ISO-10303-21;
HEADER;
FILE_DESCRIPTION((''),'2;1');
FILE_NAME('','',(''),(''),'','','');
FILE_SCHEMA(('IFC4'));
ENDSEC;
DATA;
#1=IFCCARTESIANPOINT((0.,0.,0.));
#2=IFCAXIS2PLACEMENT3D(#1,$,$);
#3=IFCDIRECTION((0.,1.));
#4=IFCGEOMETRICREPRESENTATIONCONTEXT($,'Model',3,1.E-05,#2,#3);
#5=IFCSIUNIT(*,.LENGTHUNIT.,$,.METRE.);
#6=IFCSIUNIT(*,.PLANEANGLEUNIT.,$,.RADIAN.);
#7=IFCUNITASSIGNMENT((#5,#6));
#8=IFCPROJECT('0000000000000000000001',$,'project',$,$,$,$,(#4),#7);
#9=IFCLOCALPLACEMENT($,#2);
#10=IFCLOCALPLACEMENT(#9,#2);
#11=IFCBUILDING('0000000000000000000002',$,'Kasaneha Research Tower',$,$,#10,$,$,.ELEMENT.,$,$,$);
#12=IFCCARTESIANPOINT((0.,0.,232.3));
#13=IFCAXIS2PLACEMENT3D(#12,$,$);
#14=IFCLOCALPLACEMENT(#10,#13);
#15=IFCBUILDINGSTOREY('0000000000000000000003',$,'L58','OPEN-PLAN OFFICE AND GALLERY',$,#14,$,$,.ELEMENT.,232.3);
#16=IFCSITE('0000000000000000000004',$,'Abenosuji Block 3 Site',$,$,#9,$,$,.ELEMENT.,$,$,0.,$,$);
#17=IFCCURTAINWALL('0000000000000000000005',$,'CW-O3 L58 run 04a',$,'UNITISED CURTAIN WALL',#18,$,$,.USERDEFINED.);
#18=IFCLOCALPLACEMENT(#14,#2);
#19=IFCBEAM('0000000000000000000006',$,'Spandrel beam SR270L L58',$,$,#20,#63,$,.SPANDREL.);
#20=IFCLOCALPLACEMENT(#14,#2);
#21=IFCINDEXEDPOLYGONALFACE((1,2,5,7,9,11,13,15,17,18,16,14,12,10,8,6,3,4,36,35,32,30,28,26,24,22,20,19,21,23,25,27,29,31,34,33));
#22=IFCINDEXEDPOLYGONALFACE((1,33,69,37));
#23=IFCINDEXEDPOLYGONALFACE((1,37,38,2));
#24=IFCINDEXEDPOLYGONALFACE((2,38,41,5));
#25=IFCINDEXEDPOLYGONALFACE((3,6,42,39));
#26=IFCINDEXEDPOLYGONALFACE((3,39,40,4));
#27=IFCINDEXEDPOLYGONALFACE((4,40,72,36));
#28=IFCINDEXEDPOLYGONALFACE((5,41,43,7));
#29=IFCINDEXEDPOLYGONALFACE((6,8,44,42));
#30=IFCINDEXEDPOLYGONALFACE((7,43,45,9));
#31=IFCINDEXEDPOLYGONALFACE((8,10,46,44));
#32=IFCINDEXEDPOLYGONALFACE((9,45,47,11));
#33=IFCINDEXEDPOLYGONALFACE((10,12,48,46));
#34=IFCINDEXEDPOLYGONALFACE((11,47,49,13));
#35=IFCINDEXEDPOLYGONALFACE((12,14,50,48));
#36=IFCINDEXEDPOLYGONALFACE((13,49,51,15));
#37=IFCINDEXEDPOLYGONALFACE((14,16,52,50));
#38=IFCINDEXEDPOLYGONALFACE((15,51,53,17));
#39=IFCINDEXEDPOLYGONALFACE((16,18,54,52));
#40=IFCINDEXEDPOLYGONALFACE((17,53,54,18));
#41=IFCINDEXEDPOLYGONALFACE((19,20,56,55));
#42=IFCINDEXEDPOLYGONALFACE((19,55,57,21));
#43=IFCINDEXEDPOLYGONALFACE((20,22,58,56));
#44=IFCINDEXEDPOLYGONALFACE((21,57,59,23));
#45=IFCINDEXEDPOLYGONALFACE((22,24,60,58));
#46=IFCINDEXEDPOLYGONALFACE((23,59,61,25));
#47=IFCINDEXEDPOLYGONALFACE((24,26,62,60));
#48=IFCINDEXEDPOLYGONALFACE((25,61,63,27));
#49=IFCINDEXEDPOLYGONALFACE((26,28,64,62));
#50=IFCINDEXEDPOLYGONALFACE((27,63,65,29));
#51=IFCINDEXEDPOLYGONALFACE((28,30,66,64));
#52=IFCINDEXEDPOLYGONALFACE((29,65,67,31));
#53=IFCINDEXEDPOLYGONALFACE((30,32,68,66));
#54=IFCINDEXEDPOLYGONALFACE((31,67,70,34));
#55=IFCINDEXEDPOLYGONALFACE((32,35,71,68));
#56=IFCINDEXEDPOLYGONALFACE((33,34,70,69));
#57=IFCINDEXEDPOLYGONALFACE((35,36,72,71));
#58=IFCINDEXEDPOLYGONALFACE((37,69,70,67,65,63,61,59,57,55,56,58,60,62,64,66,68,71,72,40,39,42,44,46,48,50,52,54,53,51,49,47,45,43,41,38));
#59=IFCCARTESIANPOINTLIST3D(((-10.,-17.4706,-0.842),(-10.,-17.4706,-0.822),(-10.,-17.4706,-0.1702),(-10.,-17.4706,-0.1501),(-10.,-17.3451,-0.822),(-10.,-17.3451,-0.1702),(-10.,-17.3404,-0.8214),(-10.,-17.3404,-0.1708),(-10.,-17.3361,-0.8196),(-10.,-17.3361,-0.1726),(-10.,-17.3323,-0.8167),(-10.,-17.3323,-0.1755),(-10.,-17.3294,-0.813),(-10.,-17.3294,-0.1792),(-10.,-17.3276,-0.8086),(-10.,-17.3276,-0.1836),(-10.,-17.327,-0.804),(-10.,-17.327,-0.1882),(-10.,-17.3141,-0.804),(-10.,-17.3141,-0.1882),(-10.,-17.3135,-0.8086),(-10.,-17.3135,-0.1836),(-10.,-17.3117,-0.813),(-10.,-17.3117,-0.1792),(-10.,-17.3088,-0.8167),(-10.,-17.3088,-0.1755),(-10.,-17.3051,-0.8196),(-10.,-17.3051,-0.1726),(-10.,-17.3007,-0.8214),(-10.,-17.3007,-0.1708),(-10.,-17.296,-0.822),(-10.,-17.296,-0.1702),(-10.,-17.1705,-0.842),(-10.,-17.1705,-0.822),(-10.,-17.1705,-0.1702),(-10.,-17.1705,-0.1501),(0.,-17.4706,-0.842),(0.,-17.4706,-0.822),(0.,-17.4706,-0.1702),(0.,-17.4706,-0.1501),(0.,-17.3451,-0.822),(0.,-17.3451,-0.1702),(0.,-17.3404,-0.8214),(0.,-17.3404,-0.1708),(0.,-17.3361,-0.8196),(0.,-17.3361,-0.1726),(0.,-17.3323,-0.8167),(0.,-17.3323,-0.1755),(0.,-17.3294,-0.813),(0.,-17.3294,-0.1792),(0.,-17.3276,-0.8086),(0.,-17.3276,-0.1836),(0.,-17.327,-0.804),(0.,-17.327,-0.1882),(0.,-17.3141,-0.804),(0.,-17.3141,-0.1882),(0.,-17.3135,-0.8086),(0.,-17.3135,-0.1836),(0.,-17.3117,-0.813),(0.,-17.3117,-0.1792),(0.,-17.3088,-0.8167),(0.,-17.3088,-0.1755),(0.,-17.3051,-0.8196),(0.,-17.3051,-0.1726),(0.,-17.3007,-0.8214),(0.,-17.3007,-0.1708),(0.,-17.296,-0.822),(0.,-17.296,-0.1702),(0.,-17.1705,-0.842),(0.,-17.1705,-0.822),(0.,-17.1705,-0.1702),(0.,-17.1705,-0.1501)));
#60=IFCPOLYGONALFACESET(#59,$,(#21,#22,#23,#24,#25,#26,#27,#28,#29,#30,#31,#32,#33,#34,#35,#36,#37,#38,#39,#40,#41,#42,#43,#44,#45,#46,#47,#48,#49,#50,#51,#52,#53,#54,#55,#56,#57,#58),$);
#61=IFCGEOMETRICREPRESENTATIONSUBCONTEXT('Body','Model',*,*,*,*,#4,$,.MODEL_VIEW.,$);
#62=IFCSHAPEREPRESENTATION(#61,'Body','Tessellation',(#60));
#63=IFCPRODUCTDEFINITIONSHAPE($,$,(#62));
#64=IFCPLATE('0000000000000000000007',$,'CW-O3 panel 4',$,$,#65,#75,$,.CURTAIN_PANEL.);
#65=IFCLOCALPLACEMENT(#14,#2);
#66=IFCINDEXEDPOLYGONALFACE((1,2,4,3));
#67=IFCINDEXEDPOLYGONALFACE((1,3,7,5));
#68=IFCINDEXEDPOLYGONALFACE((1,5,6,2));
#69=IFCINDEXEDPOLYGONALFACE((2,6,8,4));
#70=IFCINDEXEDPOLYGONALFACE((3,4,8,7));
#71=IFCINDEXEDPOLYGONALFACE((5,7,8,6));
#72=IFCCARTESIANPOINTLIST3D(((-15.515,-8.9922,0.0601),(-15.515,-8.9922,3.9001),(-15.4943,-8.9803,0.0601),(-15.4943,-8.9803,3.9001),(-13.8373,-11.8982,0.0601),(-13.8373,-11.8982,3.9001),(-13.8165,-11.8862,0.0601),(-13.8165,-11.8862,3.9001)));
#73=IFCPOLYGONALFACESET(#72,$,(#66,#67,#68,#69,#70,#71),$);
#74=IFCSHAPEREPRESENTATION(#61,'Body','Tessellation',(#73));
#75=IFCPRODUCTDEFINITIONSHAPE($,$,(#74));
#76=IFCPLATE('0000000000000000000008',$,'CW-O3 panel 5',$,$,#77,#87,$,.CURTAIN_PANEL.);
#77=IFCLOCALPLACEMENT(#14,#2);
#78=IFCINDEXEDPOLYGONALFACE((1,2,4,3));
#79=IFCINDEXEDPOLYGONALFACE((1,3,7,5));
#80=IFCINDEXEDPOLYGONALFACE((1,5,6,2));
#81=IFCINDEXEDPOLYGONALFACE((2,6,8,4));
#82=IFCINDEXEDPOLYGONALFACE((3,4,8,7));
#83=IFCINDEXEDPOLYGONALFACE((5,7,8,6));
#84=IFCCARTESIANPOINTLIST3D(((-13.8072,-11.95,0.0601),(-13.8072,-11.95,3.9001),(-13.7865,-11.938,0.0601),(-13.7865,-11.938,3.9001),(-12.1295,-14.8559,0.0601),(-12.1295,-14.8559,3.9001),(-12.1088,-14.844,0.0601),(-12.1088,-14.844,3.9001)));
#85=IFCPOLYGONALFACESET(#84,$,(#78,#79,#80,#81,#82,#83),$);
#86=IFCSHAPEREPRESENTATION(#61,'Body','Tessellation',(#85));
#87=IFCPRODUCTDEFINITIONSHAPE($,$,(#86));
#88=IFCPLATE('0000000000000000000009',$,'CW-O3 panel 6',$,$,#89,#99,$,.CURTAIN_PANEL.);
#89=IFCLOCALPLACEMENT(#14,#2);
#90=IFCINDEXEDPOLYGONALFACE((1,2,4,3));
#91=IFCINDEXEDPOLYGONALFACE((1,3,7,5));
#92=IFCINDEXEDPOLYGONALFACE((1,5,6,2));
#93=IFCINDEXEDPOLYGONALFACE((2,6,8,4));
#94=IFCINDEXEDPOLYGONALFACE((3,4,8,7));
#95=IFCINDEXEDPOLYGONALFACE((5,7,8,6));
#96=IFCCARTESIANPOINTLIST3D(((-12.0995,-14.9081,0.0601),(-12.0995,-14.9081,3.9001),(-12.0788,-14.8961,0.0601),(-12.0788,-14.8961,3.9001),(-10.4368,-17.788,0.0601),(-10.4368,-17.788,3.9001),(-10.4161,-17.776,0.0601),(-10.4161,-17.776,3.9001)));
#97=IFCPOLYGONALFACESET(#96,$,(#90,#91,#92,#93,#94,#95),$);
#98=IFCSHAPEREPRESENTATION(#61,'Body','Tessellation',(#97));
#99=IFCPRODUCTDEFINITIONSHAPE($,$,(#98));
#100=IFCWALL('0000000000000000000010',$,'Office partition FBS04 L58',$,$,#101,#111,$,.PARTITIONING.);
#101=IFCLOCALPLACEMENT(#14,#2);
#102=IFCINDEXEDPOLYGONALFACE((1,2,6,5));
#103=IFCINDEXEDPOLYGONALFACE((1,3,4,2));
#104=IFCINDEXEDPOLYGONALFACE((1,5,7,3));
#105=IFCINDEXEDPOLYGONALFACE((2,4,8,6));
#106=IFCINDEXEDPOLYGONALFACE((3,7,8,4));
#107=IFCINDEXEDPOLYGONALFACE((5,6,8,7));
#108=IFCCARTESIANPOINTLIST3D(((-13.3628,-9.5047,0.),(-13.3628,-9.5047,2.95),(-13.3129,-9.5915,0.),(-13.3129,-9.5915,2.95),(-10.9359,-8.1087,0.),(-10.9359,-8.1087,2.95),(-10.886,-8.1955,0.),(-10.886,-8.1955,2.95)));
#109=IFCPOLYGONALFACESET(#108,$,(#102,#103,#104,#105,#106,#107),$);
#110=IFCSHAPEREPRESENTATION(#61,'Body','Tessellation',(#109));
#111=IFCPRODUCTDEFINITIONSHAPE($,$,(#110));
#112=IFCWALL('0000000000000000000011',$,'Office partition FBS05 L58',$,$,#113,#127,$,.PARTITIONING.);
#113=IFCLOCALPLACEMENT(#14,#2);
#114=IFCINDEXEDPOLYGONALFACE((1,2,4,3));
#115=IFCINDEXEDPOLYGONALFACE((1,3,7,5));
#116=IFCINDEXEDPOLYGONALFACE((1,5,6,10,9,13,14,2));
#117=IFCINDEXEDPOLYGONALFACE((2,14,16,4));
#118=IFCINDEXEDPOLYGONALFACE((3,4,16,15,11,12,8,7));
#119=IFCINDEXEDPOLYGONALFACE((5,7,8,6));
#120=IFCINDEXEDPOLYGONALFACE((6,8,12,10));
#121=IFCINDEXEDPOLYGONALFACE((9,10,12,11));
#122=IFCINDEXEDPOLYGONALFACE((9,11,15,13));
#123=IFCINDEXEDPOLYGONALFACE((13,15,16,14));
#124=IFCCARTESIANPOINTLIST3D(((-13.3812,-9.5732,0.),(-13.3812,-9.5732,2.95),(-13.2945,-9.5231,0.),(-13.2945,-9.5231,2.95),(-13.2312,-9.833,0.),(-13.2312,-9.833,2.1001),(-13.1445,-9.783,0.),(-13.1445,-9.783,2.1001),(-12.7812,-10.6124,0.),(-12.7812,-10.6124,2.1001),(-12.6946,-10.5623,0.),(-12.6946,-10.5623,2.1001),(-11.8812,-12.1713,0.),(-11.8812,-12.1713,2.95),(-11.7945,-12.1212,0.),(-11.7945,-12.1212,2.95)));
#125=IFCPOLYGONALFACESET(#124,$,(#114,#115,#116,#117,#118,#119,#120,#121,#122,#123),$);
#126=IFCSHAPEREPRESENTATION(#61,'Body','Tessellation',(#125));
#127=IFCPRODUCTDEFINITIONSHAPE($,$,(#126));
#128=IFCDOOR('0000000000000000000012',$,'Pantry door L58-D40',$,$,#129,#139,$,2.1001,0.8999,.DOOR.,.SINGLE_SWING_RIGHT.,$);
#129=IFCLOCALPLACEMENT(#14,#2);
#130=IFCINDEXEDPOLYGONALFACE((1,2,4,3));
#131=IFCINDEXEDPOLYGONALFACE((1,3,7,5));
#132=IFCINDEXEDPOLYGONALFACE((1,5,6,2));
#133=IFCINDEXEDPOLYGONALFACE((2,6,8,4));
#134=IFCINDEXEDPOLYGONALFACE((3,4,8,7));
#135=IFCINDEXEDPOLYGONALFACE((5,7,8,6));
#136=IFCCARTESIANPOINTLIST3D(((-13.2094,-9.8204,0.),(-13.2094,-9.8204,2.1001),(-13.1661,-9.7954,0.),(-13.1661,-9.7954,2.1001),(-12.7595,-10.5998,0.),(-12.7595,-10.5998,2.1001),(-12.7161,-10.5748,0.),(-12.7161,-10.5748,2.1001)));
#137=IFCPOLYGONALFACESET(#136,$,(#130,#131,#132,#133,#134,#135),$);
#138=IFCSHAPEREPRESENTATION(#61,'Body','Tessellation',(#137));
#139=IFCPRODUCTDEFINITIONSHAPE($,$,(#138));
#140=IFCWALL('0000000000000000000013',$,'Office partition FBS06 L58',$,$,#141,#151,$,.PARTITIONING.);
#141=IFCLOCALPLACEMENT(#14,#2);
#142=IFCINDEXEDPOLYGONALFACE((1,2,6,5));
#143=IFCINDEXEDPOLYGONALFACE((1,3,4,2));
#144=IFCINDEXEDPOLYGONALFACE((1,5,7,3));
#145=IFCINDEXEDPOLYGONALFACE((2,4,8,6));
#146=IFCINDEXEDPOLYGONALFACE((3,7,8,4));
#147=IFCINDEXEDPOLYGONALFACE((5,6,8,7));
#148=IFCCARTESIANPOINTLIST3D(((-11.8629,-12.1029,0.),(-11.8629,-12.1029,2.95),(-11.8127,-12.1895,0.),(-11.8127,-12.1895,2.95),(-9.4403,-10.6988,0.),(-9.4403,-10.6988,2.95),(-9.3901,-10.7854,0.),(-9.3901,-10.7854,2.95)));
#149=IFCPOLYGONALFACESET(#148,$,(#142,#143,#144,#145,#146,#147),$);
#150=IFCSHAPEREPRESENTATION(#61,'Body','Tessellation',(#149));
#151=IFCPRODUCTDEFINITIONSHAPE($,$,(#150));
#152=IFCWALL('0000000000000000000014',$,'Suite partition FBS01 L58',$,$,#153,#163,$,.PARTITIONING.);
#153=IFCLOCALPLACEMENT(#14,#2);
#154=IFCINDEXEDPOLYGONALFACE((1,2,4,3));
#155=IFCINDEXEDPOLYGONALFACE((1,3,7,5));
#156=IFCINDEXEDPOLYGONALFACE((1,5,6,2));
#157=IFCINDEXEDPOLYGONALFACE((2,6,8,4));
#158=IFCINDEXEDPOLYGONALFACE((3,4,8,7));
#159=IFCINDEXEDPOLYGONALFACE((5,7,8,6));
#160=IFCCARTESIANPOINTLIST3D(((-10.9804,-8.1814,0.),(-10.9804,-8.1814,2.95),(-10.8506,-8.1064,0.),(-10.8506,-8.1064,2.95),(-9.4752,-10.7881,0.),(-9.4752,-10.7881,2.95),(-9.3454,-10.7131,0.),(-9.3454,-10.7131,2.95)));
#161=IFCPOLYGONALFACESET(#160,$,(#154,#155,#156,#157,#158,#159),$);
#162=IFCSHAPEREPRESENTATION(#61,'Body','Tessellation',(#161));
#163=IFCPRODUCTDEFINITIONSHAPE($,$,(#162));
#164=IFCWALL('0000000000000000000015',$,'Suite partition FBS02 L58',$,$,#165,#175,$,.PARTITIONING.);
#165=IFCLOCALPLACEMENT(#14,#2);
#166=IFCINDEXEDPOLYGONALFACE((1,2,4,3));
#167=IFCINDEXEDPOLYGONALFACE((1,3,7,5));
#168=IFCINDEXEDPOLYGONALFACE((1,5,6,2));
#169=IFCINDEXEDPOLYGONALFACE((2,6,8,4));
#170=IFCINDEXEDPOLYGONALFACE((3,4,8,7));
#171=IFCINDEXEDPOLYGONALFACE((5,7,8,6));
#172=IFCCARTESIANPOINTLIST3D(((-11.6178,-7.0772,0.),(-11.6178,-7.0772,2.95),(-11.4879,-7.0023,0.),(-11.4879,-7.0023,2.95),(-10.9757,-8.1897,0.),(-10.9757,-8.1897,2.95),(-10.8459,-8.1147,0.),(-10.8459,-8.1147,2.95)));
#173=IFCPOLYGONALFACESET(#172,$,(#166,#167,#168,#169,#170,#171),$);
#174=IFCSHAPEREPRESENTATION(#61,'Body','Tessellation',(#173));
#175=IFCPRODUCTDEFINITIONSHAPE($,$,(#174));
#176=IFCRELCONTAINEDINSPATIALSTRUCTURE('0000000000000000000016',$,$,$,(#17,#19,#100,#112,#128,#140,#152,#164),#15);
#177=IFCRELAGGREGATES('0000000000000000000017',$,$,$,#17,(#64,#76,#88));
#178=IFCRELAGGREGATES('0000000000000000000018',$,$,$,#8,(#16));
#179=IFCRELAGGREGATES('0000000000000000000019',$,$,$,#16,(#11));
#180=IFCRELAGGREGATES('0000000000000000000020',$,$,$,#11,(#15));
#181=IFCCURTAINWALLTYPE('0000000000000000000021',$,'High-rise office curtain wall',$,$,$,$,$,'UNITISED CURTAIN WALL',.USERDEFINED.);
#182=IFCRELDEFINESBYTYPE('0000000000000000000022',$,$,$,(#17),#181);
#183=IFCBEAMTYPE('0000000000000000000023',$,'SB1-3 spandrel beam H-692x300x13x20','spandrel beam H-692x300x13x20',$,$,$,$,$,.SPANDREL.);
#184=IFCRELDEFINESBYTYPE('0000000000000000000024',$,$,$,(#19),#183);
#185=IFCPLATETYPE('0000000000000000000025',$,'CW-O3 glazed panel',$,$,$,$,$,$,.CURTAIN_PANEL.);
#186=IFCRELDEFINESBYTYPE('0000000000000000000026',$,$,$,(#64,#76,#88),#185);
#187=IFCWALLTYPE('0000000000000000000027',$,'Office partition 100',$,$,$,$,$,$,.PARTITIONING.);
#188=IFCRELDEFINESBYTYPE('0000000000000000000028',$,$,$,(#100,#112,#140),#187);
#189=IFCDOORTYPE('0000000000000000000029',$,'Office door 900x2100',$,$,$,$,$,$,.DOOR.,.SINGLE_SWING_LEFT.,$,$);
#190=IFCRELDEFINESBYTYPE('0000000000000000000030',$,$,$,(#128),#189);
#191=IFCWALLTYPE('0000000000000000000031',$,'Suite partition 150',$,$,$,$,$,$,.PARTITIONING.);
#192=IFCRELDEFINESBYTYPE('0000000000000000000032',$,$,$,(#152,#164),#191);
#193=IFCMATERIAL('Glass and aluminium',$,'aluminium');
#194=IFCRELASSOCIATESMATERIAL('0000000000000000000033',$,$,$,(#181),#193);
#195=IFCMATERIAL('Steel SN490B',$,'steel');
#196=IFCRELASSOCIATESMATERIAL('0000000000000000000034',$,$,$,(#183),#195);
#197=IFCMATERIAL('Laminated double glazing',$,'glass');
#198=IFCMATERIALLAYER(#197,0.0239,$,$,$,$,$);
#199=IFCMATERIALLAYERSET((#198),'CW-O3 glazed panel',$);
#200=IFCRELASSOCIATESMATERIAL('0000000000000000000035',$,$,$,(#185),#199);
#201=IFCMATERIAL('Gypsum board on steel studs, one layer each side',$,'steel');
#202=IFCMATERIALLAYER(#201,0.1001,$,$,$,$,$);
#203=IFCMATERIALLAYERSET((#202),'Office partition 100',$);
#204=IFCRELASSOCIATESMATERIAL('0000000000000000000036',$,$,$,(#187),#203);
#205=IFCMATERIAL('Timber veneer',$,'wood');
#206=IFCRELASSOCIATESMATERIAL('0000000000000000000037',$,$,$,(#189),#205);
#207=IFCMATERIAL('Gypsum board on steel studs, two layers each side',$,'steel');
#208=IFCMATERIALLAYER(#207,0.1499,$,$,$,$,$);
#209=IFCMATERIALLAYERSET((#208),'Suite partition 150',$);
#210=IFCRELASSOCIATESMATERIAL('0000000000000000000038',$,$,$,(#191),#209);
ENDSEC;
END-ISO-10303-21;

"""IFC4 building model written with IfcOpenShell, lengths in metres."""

from ifc_helpers import new_model, si_unit, direction, frame, frame_2d, origin, origin_2d, place, context, subcontext, project, spatial, rectangle, i_section, extrude, material, layer, layer_set, material_profile, profile_set, type_object, element, fill, aggregate, save


model = new_model("IFC4")

# Units and contexts
model_context = context("Model", 3, precision=1e-05, world=origin(), true_north=direction((0.0, 1.0)))
body_context = subcontext(model_context, "Body", "Model", "MODEL_VIEW")
ifc_project = project(units=[si_unit("LENGTHUNIT", "METRE"), si_unit("PLANEANGLEUNIT", "RADIAN")], contexts=[model_context])

# Site, building, storey
site_placement = place(None, origin())
site = spatial("IfcSite", under=ifc_project, at=site_placement, Name="Abenosuji Block 3 Site", CompositionType="ELEMENT", RefElevation=0.0)
building_placement = place(site_placement, origin())
building = spatial("IfcBuilding", under=site, at=building_placement, Name="Kasaneha Research Tower", CompositionType="ELEMENT")
storey_placement = place(building_placement, frame((0.0, 0.0, 232.3)))
storey = spatial("IfcBuildingStorey", under=building, at=storey_placement, Name="L58", Description="OPEN-PLAN OFFICE AND GALLERY", CompositionType="ELEMENT", Elevation=232.3)

# Curtain wall
ifc_material_1 = material(Name="Glass and aluminium", Category="aluminium")
curtain_wall_type = type_object("IfcCurtainWallType", Name="High-rise office curtain wall", ElementType="UNITISED CURTAIN WALL", PredefinedType="USERDEFINED", material=ifc_material_1)
curtain_wall_1_placement = place(storey_placement, origin())
curtain_wall_1 = element("IfcCurtainWall", 1, at=curtain_wall_1_placement, inside=storey, type_object=curtain_wall_type, Name="CW-O3 L58 run 04a", ObjectType="UNITISED CURTAIN WALL", PredefinedType="USERDEFINED")

# Beam
ifc_material_2 = material(Name="Steel SN490B", Category="steel")
ifc_material_profile_1 = material_profile(ifc_material_2, i_section(OverallWidth=0.3, OverallDepth=0.6919, WebThickness=0.0129, FlangeThickness=0.02, FilletRadius=0.0181, at=origin_2d()), Name="H-692x300x13x20")
ifc_profile_set_1 = profile_set([ifc_material_profile_1], Name="Steel SN490B")
beam_type_1 = type_object("IfcBeamType", Name="SB1-3 spandrel beam H-692x300x13x20", Description="spandrel beam H-692x300x13x20", PredefinedType="SPANDREL", material=ifc_profile_set_1)
beam_1_placement = place(storey_placement, frame((-10.0, -17.3206, -0.4961), z_axis=(1.0, 0.0, 0.0), x_axis=(0.0, 1.0, 0.0)))
element("IfcBeam", 2, at=beam_1_placement, inside=storey, type_object=beam_type_1, Name="Spandrel beam SR270L L58", PredefinedType="SPANDREL", context=body_context, shape_type="SweptSolid", body=[
    extrude(i_section(OverallWidth=0.3, OverallDepth=0.6919, WebThickness=0.0129, FlangeThickness=0.02, FilletRadius=0.0181, at=origin_2d()), origin(), (0.0, 0.0, 1.0), 10.0),
])

# Plates
ifc_material_3 = material(Name="Laminated double glazing", Category="glass")
ifc_layer_1 = layer(ifc_material_3, 0.0239)
ifc_layer_set_1 = layer_set([ifc_layer_1], Name="CW-O3 glazed panel")
plate_type = type_object("IfcPlateType", Name="CW-O3 glazed panel", PredefinedType="CURTAIN_PANEL", material=ifc_layer_set_1)
plate_1_placement = place(storey_placement, frame((-14.6658, -10.4392, 0.0601), z_axis=(0.0, 0.0, 1.0), x_axis=(0.5, -0.866025, 0.0)))
plate_1 = element("IfcPlate", 3, at=plate_1_placement, type_object=plate_type, Name="CW-O3 panel 4", PredefinedType="CURTAIN_PANEL", context=body_context, shape_type="SweptSolid", body=[
    extrude(rectangle(XDim=3.3555, YDim=0.0239, at=origin_2d()), origin(), (0.0, 0.0, 1.0), 3.8401),
])
plate_2_placement = place(storey_placement, frame((-12.958, -13.397, 0.0601), z_axis=(0.0, 0.0, 1.0), x_axis=(0.5, -0.866025, 0.0)))
plate_2 = element("IfcPlate", 4, at=plate_2_placement, type_object=plate_type, Name="CW-O3 panel 5", PredefinedType="CURTAIN_PANEL", context=body_context, shape_type="SweptSolid", body=[
    extrude(rectangle(XDim=3.3555, YDim=0.0239, at=origin_2d()), origin(), (0.0, 0.0, 1.0), 3.8401),
])
plate_3_placement = place(storey_placement, frame((-11.2578, -16.342, 0.0601), z_axis=(0.0, 0.0, 1.0), x_axis=(0.5, -0.866025, 0.0)))
plate_3 = element("IfcPlate", 5, at=plate_3_placement, type_object=plate_type, Name="CW-O3 panel 6", PredefinedType="CURTAIN_PANEL", context=body_context, shape_type="SweptSolid", body=[
    extrude(rectangle(XDim=3.3254, YDim=0.0239, at=origin_2d()), origin(), (0.0, 0.0, 1.0), 3.8401),
])
aggregate(curtain_wall_1, [plate_1, plate_2, plate_3])

# Wall
ifc_material_4 = material(Name="Gypsum board on steel studs, one layer each side", Category="steel")
ifc_layer_2 = layer(ifc_material_4, 0.1001)
ifc_layer_set_2 = layer_set([ifc_layer_2], Name="Office partition 100")
wall_type_1 = type_object("IfcWallType", Name="Office partition 100", PredefinedType="PARTITIONING", material=ifc_layer_set_2)
wall_1_placement = place(storey_placement, frame((-13.3379, -9.5481, 0.0), z_axis=(0.0, 0.0, 1.0), x_axis=(0.866834, 0.498597, 0.0)))
element("IfcWall", 6, at=wall_1_placement, inside=storey, type_object=wall_type_1, Name="Office partition FBS04 L58", PredefinedType="PARTITIONING", context=body_context, shape_type="SweptSolid", body=[
    extrude(rectangle(XDim=2.7998, YDim=0.1001, at=frame_2d((1.3999, 0.0))), origin(), (0.0, 0.0, 1.0), 2.95),
])

# Wall, opening, door
wall_2_placement = place(storey_placement, frame((-11.8379, -12.1462, 0.0), z_axis=(0.0, 0.0, 1.0), x_axis=(-0.49999, 0.866031, 0.0)))
wall_2 = element("IfcWall", 7, at=wall_2_placement, inside=storey, type_object=wall_type_1, Name="Office partition FBS05 L58", PredefinedType="PARTITIONING", context=body_context, shape_type="SweptSolid", body=[
    extrude(rectangle(XDim=3.0, YDim=0.1001, at=frame_2d((1.5, 0.0))), origin(), (0.0, 0.0, 1.0), 2.95),
])
opening_placement = place(wall_2_placement, frame((1.8, 0.0, 0.0)))
opening = element("IfcOpeningElement", 8, at=opening_placement, cuts=wall_2, PredefinedType="OPENING", context=body_context, shape_type="SweptSolid", body=[
    extrude(rectangle(XDim=0.8999, YDim=2.1001, at=frame_2d((0.45, 1.05))), frame((0.0, 0.0601, 0.0), z_axis=(0.0, -1.0, 0.0), x_axis=(1.0, 0.0, 0.0)), (0.0, 0.0, 1.0), 0.1201),
])
ifc_material_5 = material(Name="Timber veneer", Category="wood")
door_type = type_object("IfcDoorType", Name="Office door 900x2100", OperationType="SINGLE_SWING_LEFT", PredefinedType="DOOR", material=ifc_material_5)
door_placement = place(opening_placement, origin())
door = element("IfcDoor", 9, at=door_placement, inside=storey, type_object=door_type, Name="Pantry door L58-D40", OperationType="SINGLE_SWING_RIGHT", OverallHeight=2.1001, OverallWidth=0.8999, PredefinedType="DOOR", context=body_context, shape_type="SweptSolid", body=[
    extrude(rectangle(XDim=0.8999, YDim=2.1001, at=frame_2d((0.45, 1.05))), frame((0.0, 0.0249, 0.0), z_axis=(0.0, -1.0, 0.0), x_axis=(1.0, 0.0, 0.0)), (0.0, 0.0, 1.0), 0.05),
])
fill(opening, door)

# Walls
wall_3_placement = place(storey_placement, frame((-9.4153, -10.7422, 0.0), z_axis=(0.0, 0.0, 1.0), x_axis=(-0.865195, -0.501435, 0.0)))
element("IfcWall", 10, at=wall_3_placement, inside=storey, type_object=wall_type_1, Name="Office partition FBS06 L58", PredefinedType="PARTITIONING", context=body_context, shape_type="SweptSolid", body=[
    extrude(rectangle(XDim=2.8, YDim=0.1001, at=frame_2d((1.3999, 0.0))), origin(), (0.0, 0.0, 1.0), 2.95),
])
ifc_material_6 = material(Name="Gypsum board on steel studs, two layers each side", Category="steel")
ifc_layer_3 = layer(ifc_material_6, 0.1499)
ifc_layer_set_3 = layer_set([ifc_layer_3], Name="Suite partition 150")
wall_type_2 = type_object("IfcWallType", Name="Suite partition 150", PredefinedType="PARTITIONING", material=ifc_layer_set_3)
wall_4_placement = place(storey_placement, frame((-9.4104, -10.7505, 0.0), z_axis=(0.0, 0.0, 1.0), x_axis=(-0.500038, 0.866003, 0.0)))
element("IfcWall", 11, at=wall_4_placement, inside=storey, type_object=wall_type_2, Name="Suite partition FBS01 L58", PredefinedType="PARTITIONING", context=body_context, shape_type="SweptSolid", body=[
    extrude(rectangle(XDim=3.01, YDim=0.1499, at=frame_2d((1.5049, 0.0))), origin(), (0.0, 0.0, 1.0), 2.95),
])
wall_5_placement = place(storey_placement, frame((-10.9109, -8.1521, 0.0), z_axis=(0.0, 0.0, 1.0), x_axis=(-0.49986, 0.866106, 0.0)))
element("IfcWall", 12, at=wall_5_placement, inside=storey, type_object=wall_type_2, Name="Suite partition FBS02 L58", PredefinedType="PARTITIONING", context=body_context, shape_type="SweptSolid", body=[
    extrude(rectangle(XDim=1.2844, YDim=0.1499, at=frame_2d((0.6421, 0.0))), origin(), (0.0, 0.0, 1.0), 2.95),
])

save(model, "model.ifc")
